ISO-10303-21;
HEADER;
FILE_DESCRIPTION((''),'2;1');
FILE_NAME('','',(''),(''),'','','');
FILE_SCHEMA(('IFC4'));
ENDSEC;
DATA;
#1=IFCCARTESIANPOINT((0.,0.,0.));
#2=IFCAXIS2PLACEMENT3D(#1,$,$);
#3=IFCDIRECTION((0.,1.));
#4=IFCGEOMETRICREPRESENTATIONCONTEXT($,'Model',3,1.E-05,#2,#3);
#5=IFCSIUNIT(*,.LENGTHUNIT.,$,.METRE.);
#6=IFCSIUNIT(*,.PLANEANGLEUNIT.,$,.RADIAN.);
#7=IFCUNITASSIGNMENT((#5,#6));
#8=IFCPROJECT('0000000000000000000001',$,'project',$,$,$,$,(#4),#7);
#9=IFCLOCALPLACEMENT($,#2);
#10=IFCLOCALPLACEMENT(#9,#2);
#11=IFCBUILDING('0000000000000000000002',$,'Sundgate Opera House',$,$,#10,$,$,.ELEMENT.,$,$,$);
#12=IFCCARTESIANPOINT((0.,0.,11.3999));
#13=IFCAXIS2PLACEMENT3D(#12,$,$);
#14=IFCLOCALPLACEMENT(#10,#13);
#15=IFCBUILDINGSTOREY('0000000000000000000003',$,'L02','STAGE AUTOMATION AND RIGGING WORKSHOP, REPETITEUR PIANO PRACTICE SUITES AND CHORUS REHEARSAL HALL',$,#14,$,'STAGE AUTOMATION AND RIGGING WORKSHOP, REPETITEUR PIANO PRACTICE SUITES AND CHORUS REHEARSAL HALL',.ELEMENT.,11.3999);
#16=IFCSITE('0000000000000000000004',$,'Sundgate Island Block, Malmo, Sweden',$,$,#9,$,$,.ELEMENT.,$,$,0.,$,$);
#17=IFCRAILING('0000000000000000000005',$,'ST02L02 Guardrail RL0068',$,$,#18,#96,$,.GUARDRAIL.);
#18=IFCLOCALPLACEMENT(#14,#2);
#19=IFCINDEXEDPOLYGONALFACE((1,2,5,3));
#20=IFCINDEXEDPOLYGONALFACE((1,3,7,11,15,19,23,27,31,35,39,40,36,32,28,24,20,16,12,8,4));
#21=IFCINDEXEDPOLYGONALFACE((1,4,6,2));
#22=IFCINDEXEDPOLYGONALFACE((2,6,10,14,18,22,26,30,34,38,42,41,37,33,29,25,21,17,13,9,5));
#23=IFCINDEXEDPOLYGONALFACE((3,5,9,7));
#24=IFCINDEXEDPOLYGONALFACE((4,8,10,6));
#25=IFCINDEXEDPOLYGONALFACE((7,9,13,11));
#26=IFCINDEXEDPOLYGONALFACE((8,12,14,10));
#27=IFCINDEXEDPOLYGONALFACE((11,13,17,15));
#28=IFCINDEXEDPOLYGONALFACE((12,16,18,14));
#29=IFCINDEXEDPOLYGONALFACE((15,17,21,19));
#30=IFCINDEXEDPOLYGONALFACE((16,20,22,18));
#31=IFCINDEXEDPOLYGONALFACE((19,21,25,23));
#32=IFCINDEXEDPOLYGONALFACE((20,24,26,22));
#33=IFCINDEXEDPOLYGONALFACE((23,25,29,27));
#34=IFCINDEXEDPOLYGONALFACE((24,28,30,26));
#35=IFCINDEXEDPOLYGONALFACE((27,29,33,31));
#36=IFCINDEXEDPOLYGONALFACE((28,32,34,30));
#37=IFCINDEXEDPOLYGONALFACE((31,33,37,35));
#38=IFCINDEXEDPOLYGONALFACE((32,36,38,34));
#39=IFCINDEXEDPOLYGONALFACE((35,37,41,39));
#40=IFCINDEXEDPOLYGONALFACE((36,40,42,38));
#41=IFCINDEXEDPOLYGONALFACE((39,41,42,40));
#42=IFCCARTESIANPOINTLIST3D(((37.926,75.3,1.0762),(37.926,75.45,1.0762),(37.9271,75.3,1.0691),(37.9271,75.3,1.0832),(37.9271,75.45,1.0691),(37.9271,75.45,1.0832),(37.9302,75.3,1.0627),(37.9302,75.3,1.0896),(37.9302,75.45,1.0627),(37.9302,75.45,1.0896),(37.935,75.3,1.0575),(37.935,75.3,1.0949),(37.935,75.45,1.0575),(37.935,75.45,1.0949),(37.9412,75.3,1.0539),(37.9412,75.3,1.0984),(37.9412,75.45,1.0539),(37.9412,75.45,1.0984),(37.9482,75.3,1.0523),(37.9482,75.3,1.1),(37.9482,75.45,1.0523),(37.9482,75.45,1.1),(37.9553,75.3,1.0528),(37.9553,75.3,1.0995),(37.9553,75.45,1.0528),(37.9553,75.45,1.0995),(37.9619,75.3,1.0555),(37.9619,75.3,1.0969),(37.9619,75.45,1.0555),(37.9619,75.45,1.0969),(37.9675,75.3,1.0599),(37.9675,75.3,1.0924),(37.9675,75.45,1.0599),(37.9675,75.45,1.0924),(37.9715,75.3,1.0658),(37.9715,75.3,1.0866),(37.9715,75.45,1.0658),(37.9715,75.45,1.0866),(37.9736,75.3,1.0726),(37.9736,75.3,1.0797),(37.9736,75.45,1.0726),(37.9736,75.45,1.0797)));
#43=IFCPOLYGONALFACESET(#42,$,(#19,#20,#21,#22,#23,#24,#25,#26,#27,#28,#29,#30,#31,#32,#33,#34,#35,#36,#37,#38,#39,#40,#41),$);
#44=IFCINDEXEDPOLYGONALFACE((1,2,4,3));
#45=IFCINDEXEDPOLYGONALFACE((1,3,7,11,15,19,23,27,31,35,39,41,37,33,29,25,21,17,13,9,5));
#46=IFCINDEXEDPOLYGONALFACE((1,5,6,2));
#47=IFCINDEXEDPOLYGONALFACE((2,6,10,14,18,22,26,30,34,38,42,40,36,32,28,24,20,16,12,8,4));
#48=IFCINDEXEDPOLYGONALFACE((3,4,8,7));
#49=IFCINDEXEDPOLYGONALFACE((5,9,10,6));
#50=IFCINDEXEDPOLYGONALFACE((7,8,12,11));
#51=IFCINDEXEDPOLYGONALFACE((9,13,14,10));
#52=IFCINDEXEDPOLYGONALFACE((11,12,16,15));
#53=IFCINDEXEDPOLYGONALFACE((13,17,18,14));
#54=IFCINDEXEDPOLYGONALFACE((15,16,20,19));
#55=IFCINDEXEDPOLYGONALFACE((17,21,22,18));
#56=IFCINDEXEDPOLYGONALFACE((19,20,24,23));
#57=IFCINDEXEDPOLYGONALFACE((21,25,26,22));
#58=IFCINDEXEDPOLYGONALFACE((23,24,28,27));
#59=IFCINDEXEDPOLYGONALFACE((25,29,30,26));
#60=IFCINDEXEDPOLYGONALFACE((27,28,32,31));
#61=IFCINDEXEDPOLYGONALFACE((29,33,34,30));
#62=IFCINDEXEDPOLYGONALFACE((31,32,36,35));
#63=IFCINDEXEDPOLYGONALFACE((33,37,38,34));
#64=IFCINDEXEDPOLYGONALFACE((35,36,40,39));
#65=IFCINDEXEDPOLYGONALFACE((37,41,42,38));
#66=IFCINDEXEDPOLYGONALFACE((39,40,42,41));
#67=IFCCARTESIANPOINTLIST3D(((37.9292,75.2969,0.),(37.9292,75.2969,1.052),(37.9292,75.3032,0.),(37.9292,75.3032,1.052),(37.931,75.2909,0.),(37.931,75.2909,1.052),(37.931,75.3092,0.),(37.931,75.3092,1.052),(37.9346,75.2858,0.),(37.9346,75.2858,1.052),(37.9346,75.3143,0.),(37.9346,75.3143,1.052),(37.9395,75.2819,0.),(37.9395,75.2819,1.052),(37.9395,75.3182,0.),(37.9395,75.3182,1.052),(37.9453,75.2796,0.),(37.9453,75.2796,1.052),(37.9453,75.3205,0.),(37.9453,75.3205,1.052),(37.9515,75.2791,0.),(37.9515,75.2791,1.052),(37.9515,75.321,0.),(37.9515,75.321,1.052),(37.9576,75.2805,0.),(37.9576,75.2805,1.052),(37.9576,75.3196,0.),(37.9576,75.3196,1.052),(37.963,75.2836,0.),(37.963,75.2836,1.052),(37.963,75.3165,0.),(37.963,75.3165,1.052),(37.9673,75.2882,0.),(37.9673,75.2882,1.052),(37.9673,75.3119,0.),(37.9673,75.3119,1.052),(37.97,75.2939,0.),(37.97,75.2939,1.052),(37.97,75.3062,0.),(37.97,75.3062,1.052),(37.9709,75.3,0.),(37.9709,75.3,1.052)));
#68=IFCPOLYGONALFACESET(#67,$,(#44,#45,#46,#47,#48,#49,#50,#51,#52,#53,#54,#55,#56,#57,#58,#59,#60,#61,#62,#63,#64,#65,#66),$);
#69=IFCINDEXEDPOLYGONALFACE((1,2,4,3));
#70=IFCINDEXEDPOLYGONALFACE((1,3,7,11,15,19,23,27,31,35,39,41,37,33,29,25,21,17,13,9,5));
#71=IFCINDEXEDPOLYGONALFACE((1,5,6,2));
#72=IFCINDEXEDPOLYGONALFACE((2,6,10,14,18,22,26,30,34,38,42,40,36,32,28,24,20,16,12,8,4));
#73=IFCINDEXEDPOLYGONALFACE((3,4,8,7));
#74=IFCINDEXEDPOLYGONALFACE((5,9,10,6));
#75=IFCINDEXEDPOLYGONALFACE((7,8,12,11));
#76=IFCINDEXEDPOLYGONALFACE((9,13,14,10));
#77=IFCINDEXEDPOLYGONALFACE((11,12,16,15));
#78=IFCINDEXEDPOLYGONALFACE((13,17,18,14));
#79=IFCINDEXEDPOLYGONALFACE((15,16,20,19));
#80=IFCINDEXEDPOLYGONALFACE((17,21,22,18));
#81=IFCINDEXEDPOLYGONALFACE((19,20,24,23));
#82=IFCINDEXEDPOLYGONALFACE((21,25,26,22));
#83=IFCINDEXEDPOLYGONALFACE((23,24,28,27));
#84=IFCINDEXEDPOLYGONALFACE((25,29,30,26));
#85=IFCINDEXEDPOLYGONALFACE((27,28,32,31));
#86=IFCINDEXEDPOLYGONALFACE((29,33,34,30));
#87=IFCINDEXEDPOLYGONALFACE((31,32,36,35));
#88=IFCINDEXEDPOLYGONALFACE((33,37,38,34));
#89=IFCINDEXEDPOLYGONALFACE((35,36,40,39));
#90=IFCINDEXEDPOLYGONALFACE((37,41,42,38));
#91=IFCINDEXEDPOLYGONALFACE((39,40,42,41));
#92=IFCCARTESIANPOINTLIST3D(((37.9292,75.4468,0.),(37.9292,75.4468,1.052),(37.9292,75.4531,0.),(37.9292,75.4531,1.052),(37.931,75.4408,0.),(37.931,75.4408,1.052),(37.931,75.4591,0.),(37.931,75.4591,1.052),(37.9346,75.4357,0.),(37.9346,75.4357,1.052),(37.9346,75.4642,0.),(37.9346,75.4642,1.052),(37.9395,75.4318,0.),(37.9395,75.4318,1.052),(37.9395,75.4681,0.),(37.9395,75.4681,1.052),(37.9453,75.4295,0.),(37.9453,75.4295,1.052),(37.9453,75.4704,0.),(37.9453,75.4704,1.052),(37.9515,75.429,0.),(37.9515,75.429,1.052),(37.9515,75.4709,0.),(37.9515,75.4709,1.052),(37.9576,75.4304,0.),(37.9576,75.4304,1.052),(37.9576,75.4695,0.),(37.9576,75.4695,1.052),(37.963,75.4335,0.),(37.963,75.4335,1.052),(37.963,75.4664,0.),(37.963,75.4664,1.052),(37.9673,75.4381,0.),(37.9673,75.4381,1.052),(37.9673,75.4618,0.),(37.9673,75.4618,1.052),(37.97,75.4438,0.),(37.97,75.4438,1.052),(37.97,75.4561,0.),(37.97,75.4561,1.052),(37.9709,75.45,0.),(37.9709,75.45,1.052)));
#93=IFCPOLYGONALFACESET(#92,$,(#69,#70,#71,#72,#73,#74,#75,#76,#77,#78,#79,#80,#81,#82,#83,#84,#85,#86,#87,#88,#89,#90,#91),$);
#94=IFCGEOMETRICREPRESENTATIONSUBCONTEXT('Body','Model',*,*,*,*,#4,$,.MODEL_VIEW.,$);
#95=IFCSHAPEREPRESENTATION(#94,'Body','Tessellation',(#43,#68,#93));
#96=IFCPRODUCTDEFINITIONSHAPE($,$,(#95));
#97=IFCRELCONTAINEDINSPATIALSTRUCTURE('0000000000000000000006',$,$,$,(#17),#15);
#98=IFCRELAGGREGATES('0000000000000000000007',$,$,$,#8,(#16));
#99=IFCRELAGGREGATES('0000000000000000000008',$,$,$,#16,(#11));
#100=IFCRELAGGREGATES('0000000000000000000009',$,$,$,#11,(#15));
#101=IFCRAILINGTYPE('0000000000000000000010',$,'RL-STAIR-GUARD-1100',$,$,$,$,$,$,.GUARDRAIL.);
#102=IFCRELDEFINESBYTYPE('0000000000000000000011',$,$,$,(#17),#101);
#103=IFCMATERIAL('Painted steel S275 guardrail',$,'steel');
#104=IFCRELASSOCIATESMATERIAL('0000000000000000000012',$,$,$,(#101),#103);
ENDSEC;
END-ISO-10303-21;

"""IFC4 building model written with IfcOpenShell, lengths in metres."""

from ifc_helpers import new_model, si_unit, direction, frame, origin, origin_2d, place, context, subcontext, project, spatial, circle, extrude, material, type_object, element, save


model = new_model("IFC4")

# Units and contexts
model_context = context("Model", 3, precision=1e-05, world=origin(), true_north=direction((0.0, 1.0)))
body_context = subcontext(model_context, "Body", "Model", "MODEL_VIEW")
ifc_project = project(units=[si_unit("LENGTHUNIT", "METRE"), si_unit("PLANEANGLEUNIT", "RADIAN")], contexts=[model_context])

# Site, building, storey
site_placement = place(None, origin())
site = spatial("IfcSite", under=ifc_project, at=site_placement, Name="Sundgate Island Block, Malmo, Sweden", CompositionType="ELEMENT", RefElevation=0.0)
building_placement = place(site_placement, origin())
building = spatial("IfcBuilding", under=site, at=building_placement, Name="Sundgate Opera House", CompositionType="ELEMENT")
storey_placement = place(building_placement, frame((0.0, 0.0, 11.3999)))
storey = spatial("IfcBuildingStorey", under=building, at=storey_placement, Name="L02", Description="STAGE AUTOMATION AND RIGGING WORKSHOP, REPETITEUR PIANO PRACTICE SUITES AND CHORUS REHEARSAL HALL", LongName="STAGE AUTOMATION AND RIGGING WORKSHOP, REPETITEUR PIANO PRACTICE SUITES AND CHORUS REHEARSAL HALL", CompositionType="ELEMENT", Elevation=11.3999)

# Railing
ifc_material_1 = material(Name="Painted steel S275 guardrail", Category="steel")
railing_type_1 = type_object("IfcRailingType", Name="RL-STAIR-GUARD-1100", PredefinedType="GUARDRAIL", material=ifc_material_1)
railing_1_placement = place(storey_placement, frame((37.95, 75.3, 0.0)))
element("IfcRailing", 1, at=railing_1_placement, inside=storey, type_object=railing_type_1, Name="ST02L02 Guardrail RL0068", PredefinedType="GUARDRAIL", context=body_context, shape_type="SweptSolid", body=[
    extrude(circle(Radius=0.0239, at=origin_2d()), frame((0.0, 0.0, 1.0762), z_axis=(0.0, 1.0, 0.0), x_axis=(-1.0, 0.0, 0.0)), (0.0, 0.0, 1.0), 0.1499),
    extrude(circle(Radius=0.021, at=origin_2d()), origin(), (0.0, 0.0, 1.0), 1.052),
    extrude(circle(Radius=0.021, at=origin_2d()), frame((0.0, 0.1499, 0.0)), (0.0, 0.0, 1.0), 1.052),
])

save(model, "model.ifc")
